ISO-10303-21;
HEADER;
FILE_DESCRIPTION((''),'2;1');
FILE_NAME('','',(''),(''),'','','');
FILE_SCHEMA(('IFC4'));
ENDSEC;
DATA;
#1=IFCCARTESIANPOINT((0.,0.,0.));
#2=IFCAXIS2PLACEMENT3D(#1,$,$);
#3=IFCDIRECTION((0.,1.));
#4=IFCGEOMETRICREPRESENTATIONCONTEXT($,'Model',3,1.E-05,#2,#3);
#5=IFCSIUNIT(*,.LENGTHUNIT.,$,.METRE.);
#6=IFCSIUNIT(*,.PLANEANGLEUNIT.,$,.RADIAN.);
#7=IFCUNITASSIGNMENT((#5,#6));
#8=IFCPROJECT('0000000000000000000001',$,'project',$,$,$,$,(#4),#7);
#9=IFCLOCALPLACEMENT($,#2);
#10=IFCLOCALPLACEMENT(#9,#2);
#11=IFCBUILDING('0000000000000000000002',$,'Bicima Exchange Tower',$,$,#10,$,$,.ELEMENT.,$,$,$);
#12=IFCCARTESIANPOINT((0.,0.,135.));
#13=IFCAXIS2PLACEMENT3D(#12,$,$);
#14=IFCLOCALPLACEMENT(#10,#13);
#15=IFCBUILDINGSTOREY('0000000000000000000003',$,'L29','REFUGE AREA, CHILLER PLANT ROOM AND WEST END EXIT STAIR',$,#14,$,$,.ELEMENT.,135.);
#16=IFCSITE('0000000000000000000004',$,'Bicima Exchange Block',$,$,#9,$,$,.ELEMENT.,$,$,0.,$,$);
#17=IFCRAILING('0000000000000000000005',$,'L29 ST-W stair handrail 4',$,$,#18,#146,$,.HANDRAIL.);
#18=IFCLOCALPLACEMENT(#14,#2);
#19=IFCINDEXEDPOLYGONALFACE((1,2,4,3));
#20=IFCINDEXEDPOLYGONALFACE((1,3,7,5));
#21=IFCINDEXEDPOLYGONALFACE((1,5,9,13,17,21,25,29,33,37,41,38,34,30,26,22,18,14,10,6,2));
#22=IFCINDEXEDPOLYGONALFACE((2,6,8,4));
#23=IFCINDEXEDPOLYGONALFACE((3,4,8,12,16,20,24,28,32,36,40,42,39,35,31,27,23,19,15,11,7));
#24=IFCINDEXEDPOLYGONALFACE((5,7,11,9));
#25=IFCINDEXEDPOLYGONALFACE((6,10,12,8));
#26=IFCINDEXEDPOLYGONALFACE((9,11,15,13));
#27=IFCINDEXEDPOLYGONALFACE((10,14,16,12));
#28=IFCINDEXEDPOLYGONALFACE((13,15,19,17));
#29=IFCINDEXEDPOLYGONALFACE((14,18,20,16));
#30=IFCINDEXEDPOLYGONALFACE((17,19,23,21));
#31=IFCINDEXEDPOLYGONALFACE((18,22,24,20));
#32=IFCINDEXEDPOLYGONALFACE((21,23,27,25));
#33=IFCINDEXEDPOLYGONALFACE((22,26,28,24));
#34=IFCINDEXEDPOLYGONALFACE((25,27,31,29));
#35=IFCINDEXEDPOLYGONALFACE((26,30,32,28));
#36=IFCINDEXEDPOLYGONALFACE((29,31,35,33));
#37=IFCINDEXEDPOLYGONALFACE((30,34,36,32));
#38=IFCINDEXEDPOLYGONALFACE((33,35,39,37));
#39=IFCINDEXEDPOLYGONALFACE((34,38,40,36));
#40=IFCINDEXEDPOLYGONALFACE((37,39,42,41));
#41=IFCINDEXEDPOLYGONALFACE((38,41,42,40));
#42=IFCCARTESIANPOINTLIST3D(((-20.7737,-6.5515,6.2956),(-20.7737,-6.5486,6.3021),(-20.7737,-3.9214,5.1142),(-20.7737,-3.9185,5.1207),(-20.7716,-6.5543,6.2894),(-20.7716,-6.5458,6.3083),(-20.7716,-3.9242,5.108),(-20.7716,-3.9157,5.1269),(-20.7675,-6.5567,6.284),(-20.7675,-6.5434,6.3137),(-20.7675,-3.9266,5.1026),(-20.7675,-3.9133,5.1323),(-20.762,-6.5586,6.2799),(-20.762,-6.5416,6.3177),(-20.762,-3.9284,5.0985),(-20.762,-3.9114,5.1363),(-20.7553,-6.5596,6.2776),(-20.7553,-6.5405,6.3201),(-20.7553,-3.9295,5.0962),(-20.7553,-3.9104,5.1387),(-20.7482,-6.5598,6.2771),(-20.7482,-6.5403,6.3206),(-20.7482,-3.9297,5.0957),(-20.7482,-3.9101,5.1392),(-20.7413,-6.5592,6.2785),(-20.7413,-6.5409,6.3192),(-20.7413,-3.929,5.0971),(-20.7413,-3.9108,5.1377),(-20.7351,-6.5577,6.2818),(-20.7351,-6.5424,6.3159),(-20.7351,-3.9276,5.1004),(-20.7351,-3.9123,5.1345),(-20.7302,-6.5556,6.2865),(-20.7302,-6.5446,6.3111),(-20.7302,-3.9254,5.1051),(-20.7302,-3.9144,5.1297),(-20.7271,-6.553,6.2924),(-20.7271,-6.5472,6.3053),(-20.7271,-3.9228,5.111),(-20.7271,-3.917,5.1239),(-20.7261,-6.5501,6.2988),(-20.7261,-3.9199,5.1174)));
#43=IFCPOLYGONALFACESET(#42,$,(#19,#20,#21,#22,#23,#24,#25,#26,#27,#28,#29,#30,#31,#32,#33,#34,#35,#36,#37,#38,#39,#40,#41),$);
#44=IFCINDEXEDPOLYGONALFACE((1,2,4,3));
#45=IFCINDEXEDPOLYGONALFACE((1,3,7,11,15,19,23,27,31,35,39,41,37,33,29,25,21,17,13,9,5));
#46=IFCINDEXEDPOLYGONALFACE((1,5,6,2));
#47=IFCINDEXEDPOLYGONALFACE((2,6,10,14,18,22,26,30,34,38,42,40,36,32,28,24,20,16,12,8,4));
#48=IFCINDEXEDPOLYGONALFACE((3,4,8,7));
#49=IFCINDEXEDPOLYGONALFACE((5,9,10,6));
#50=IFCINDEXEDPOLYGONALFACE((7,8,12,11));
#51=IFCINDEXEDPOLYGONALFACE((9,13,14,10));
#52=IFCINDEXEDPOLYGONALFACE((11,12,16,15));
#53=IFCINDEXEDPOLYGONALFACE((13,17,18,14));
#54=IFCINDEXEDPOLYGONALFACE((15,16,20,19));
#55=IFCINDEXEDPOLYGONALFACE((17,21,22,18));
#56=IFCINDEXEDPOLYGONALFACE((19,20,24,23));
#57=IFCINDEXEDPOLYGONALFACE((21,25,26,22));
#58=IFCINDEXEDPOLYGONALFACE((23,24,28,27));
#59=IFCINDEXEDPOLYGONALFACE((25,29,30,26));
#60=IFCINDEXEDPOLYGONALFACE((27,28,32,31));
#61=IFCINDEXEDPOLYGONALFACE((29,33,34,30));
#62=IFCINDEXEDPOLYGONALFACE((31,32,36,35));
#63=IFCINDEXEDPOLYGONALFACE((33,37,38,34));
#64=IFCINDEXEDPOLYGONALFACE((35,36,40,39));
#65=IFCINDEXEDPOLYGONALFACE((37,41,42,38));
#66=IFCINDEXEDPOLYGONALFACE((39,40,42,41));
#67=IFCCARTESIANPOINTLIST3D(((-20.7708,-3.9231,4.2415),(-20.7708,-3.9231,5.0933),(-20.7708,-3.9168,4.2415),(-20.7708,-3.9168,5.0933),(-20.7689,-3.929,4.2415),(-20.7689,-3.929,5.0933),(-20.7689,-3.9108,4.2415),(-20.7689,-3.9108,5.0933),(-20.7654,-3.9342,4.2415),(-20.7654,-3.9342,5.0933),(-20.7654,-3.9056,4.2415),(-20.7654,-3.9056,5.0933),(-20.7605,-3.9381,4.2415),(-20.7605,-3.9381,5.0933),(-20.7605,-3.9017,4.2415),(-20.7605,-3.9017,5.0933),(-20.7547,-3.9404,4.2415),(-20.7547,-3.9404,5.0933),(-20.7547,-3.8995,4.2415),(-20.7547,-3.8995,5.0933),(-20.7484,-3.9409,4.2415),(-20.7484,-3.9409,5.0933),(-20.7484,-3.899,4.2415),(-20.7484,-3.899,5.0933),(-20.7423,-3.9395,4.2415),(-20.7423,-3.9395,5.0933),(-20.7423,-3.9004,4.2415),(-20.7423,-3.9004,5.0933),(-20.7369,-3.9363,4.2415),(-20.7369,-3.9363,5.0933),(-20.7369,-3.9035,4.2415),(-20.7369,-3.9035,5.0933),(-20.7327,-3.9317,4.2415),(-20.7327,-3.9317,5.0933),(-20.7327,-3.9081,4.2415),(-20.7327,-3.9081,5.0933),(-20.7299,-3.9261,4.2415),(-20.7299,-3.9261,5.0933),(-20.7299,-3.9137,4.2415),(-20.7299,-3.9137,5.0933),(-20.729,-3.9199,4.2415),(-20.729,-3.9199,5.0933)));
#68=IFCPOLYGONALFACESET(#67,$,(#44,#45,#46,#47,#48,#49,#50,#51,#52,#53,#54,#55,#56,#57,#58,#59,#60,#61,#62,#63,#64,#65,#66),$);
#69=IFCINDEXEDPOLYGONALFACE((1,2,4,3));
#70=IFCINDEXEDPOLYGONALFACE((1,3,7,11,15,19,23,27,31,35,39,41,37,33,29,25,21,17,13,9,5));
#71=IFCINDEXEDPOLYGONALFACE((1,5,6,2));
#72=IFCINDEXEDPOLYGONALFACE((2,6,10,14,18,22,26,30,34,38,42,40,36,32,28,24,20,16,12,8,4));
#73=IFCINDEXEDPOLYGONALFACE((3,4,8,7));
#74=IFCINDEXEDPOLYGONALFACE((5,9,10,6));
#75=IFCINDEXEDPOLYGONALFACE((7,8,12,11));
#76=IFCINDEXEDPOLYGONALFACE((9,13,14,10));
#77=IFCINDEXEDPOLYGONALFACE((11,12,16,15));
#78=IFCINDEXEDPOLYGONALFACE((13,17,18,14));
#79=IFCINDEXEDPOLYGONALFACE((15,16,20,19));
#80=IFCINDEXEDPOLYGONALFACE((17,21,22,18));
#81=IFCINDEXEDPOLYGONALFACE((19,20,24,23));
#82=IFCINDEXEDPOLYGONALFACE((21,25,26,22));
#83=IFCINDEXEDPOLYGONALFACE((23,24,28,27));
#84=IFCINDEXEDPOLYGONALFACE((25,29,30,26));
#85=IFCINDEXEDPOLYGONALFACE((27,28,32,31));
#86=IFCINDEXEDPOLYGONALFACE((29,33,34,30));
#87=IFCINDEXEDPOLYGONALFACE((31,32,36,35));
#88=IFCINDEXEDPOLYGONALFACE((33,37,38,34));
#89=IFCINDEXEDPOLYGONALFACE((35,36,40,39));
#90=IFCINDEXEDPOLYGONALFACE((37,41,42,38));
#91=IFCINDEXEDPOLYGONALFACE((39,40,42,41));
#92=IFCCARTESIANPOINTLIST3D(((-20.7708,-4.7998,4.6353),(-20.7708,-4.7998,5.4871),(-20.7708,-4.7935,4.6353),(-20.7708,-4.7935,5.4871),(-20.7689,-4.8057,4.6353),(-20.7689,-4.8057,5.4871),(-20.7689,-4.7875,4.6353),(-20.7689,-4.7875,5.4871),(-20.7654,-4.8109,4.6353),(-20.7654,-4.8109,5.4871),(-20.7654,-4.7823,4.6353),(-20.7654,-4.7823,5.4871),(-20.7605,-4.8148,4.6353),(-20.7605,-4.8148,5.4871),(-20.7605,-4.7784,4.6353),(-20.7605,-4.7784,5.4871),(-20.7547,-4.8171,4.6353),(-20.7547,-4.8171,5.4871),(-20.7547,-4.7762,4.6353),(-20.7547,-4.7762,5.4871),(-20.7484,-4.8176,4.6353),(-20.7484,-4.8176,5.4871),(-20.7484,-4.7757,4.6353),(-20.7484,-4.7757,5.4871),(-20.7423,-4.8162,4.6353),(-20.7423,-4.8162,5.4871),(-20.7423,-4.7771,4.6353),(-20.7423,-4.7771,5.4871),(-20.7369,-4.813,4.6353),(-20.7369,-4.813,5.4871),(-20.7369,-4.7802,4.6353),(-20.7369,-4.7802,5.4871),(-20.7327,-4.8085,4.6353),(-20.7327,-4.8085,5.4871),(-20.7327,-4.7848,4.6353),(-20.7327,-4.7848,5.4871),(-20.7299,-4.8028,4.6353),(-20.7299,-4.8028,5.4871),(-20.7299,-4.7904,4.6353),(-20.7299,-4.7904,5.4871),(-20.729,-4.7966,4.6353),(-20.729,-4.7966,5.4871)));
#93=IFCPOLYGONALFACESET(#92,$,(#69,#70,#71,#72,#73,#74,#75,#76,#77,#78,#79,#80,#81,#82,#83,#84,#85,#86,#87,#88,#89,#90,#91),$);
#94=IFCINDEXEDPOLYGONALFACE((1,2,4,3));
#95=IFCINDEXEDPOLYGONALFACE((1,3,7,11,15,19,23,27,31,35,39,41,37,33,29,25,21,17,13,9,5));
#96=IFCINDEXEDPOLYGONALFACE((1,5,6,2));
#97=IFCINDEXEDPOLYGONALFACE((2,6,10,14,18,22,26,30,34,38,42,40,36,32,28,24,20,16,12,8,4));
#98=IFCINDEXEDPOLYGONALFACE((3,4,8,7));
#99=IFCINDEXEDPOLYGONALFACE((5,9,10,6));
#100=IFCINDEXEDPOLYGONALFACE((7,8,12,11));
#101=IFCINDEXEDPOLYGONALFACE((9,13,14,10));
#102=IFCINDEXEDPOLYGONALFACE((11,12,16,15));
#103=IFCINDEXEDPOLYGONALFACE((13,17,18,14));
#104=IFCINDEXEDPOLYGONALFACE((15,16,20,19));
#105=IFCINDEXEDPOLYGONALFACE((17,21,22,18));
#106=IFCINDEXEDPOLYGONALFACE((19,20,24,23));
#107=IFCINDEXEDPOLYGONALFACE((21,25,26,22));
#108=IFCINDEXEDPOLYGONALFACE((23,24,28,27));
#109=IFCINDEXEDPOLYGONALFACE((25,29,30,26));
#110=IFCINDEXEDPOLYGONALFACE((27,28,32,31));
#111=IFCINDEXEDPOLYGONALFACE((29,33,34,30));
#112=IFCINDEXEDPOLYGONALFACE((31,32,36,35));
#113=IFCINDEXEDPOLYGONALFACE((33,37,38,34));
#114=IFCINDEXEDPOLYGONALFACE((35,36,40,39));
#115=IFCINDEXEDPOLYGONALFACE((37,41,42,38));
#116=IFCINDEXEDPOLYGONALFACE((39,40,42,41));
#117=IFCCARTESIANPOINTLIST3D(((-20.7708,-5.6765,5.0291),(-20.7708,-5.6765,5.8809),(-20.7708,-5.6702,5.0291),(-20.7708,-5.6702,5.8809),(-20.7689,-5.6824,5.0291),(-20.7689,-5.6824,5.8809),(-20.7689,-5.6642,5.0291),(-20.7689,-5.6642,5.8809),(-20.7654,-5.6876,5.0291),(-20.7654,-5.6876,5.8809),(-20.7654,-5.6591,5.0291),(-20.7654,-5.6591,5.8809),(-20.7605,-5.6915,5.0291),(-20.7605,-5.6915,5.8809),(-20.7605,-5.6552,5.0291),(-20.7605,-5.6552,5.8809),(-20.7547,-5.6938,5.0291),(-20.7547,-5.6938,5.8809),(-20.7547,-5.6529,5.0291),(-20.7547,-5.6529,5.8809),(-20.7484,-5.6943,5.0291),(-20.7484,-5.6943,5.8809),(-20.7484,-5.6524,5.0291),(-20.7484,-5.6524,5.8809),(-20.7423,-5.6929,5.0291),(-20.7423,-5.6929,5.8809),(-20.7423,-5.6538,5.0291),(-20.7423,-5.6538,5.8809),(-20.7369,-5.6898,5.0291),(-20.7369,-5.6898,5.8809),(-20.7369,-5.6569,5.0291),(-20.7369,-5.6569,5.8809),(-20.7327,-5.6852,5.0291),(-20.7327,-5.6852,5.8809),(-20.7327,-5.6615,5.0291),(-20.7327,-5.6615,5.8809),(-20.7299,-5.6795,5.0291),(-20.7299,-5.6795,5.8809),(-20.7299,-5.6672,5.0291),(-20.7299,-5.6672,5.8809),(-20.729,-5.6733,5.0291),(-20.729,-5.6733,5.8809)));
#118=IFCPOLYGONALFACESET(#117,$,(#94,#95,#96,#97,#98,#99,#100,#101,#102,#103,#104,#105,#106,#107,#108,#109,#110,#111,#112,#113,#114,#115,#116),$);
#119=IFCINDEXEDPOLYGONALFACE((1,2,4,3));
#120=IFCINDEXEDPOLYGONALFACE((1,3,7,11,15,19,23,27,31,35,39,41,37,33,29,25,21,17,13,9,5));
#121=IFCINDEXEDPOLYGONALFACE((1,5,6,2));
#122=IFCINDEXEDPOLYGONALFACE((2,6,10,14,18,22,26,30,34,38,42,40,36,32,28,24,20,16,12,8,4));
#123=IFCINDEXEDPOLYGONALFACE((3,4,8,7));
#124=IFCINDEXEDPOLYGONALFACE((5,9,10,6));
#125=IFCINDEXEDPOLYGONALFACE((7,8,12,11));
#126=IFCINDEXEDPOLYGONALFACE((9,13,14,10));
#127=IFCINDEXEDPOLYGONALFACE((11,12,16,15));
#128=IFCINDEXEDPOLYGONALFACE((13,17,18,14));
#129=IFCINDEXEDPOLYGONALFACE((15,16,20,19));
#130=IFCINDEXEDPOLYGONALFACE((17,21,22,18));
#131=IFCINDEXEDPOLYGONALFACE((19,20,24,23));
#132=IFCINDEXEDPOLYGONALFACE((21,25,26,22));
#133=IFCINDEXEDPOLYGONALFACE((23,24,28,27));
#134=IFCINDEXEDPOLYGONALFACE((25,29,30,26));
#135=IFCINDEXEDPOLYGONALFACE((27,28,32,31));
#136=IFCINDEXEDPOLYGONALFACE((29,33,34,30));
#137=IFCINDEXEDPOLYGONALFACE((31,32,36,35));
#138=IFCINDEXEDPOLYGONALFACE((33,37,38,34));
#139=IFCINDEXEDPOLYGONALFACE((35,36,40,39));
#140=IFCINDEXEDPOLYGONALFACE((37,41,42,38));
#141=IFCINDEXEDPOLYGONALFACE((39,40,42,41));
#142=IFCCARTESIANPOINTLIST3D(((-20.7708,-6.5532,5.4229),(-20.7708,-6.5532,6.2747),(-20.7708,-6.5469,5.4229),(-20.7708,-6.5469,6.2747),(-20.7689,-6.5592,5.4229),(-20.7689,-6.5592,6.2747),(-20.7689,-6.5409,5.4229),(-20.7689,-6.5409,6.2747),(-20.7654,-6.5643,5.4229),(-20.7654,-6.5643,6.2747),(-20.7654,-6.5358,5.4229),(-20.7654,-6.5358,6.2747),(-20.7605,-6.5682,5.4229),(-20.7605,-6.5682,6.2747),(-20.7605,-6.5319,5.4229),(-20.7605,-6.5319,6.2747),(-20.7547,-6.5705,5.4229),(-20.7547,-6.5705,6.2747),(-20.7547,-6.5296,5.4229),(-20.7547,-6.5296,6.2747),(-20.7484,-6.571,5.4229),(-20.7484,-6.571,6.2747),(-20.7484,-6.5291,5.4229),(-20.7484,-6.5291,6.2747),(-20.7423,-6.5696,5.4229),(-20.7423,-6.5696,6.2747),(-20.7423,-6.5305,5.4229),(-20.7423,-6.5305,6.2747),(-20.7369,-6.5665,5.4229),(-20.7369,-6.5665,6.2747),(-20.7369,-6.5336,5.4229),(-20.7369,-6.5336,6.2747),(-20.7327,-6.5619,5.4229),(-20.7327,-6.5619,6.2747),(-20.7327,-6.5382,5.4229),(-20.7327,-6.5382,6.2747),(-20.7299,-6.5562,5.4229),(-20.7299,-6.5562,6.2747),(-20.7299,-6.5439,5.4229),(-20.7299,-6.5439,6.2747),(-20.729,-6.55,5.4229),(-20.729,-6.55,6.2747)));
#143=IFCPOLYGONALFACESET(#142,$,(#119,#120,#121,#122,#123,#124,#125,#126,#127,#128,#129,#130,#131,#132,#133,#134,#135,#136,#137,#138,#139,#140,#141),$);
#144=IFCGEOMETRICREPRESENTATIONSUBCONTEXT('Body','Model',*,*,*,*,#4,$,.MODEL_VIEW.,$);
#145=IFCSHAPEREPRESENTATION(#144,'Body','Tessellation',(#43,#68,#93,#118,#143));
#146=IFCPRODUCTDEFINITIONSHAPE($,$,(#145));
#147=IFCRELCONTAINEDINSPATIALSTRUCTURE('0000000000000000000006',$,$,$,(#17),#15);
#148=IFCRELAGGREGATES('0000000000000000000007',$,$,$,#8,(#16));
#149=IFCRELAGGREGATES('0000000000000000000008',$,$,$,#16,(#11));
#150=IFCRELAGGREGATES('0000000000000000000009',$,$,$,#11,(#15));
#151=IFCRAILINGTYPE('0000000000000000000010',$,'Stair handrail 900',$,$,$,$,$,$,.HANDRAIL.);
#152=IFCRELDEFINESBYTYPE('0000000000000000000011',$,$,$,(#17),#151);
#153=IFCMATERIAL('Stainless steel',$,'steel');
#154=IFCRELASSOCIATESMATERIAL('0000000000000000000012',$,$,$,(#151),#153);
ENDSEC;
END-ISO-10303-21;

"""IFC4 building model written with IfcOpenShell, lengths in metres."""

from ifc_helpers import new_model, si_unit, direction, frame, origin, origin_2d, place, context, subcontext, project, spatial, circle, extrude, material, type_object, element, save


model = new_model("IFC4")

# Units and contexts
model_context = context("Model", 3, precision=1e-05, world=origin(), true_north=direction((0.0, 1.0)))
body_context = subcontext(model_context, "Body", "Model", "MODEL_VIEW")
ifc_project = project(units=[si_unit("LENGTHUNIT", "METRE"), si_unit("PLANEANGLEUNIT", "RADIAN")], contexts=[model_context])

# Site, building, storey
site_placement = place(None, origin())
site = spatial("IfcSite", under=ifc_project, at=site_placement, Name="Bicima Exchange Block", CompositionType="ELEMENT", RefElevation=0.0)
building_placement = place(site_placement, origin())
building = spatial("IfcBuilding", under=site, at=building_placement, Name="Bicima Exchange Tower", CompositionType="ELEMENT")
storey_placement = place(building_placement, frame((0.0, 0.0, 135.0)))
storey = spatial("IfcBuildingStorey", under=building, at=storey_placement, Name="L29", Description="REFUGE AREA, CHILLER PLANT ROOM AND WEST END EXIT STAIR", CompositionType="ELEMENT", Elevation=135.0)

# Railing
ifc_material_1 = material(Name="Stainless steel", Category="steel")
railing_type = type_object("IfcRailingType", Name="Stair handrail 900", PredefinedType="HANDRAIL", material=ifc_material_1)
railing_1_placement = place(storey_placement, frame((-20.75, -3.9199, 4.2415)))
element("IfcRailing", 1, at=railing_1_placement, inside=storey, type_object=railing_type, Name="L29 ST-W stair handrail 4", PredefinedType="HANDRAIL", context=body_context, shape_type="SweptSolid", body=[
    extrude(circle(Radius=0.0239, at=origin_2d()), frame((0.0, 0.0, 0.876), z_axis=(0.0, -0.912202, 0.409741), x_axis=(1.0, 0.0, 0.0)), (0.0, 0.0, 1.0), 2.8833),
    extrude(circle(Radius=0.021, at=origin_2d()), origin(), (0.0, 0.0, 1.0), 0.8518),
    extrude(circle(Radius=0.021, at=origin_2d()), frame((0.0, -0.8767, 0.3938)), (0.0, 0.0, 1.0), 0.8518),
    extrude(circle(Radius=0.021, at=origin_2d()), frame((0.0, -1.7534, 0.7876)), (0.0, 0.0, 1.0), 0.8518),
    extrude(circle(Radius=0.021, at=origin_2d()), frame((0.0, -2.6301, 1.1814)), (0.0, 0.0, 1.0), 0.8518),
])

save(model, "model.ifc")
